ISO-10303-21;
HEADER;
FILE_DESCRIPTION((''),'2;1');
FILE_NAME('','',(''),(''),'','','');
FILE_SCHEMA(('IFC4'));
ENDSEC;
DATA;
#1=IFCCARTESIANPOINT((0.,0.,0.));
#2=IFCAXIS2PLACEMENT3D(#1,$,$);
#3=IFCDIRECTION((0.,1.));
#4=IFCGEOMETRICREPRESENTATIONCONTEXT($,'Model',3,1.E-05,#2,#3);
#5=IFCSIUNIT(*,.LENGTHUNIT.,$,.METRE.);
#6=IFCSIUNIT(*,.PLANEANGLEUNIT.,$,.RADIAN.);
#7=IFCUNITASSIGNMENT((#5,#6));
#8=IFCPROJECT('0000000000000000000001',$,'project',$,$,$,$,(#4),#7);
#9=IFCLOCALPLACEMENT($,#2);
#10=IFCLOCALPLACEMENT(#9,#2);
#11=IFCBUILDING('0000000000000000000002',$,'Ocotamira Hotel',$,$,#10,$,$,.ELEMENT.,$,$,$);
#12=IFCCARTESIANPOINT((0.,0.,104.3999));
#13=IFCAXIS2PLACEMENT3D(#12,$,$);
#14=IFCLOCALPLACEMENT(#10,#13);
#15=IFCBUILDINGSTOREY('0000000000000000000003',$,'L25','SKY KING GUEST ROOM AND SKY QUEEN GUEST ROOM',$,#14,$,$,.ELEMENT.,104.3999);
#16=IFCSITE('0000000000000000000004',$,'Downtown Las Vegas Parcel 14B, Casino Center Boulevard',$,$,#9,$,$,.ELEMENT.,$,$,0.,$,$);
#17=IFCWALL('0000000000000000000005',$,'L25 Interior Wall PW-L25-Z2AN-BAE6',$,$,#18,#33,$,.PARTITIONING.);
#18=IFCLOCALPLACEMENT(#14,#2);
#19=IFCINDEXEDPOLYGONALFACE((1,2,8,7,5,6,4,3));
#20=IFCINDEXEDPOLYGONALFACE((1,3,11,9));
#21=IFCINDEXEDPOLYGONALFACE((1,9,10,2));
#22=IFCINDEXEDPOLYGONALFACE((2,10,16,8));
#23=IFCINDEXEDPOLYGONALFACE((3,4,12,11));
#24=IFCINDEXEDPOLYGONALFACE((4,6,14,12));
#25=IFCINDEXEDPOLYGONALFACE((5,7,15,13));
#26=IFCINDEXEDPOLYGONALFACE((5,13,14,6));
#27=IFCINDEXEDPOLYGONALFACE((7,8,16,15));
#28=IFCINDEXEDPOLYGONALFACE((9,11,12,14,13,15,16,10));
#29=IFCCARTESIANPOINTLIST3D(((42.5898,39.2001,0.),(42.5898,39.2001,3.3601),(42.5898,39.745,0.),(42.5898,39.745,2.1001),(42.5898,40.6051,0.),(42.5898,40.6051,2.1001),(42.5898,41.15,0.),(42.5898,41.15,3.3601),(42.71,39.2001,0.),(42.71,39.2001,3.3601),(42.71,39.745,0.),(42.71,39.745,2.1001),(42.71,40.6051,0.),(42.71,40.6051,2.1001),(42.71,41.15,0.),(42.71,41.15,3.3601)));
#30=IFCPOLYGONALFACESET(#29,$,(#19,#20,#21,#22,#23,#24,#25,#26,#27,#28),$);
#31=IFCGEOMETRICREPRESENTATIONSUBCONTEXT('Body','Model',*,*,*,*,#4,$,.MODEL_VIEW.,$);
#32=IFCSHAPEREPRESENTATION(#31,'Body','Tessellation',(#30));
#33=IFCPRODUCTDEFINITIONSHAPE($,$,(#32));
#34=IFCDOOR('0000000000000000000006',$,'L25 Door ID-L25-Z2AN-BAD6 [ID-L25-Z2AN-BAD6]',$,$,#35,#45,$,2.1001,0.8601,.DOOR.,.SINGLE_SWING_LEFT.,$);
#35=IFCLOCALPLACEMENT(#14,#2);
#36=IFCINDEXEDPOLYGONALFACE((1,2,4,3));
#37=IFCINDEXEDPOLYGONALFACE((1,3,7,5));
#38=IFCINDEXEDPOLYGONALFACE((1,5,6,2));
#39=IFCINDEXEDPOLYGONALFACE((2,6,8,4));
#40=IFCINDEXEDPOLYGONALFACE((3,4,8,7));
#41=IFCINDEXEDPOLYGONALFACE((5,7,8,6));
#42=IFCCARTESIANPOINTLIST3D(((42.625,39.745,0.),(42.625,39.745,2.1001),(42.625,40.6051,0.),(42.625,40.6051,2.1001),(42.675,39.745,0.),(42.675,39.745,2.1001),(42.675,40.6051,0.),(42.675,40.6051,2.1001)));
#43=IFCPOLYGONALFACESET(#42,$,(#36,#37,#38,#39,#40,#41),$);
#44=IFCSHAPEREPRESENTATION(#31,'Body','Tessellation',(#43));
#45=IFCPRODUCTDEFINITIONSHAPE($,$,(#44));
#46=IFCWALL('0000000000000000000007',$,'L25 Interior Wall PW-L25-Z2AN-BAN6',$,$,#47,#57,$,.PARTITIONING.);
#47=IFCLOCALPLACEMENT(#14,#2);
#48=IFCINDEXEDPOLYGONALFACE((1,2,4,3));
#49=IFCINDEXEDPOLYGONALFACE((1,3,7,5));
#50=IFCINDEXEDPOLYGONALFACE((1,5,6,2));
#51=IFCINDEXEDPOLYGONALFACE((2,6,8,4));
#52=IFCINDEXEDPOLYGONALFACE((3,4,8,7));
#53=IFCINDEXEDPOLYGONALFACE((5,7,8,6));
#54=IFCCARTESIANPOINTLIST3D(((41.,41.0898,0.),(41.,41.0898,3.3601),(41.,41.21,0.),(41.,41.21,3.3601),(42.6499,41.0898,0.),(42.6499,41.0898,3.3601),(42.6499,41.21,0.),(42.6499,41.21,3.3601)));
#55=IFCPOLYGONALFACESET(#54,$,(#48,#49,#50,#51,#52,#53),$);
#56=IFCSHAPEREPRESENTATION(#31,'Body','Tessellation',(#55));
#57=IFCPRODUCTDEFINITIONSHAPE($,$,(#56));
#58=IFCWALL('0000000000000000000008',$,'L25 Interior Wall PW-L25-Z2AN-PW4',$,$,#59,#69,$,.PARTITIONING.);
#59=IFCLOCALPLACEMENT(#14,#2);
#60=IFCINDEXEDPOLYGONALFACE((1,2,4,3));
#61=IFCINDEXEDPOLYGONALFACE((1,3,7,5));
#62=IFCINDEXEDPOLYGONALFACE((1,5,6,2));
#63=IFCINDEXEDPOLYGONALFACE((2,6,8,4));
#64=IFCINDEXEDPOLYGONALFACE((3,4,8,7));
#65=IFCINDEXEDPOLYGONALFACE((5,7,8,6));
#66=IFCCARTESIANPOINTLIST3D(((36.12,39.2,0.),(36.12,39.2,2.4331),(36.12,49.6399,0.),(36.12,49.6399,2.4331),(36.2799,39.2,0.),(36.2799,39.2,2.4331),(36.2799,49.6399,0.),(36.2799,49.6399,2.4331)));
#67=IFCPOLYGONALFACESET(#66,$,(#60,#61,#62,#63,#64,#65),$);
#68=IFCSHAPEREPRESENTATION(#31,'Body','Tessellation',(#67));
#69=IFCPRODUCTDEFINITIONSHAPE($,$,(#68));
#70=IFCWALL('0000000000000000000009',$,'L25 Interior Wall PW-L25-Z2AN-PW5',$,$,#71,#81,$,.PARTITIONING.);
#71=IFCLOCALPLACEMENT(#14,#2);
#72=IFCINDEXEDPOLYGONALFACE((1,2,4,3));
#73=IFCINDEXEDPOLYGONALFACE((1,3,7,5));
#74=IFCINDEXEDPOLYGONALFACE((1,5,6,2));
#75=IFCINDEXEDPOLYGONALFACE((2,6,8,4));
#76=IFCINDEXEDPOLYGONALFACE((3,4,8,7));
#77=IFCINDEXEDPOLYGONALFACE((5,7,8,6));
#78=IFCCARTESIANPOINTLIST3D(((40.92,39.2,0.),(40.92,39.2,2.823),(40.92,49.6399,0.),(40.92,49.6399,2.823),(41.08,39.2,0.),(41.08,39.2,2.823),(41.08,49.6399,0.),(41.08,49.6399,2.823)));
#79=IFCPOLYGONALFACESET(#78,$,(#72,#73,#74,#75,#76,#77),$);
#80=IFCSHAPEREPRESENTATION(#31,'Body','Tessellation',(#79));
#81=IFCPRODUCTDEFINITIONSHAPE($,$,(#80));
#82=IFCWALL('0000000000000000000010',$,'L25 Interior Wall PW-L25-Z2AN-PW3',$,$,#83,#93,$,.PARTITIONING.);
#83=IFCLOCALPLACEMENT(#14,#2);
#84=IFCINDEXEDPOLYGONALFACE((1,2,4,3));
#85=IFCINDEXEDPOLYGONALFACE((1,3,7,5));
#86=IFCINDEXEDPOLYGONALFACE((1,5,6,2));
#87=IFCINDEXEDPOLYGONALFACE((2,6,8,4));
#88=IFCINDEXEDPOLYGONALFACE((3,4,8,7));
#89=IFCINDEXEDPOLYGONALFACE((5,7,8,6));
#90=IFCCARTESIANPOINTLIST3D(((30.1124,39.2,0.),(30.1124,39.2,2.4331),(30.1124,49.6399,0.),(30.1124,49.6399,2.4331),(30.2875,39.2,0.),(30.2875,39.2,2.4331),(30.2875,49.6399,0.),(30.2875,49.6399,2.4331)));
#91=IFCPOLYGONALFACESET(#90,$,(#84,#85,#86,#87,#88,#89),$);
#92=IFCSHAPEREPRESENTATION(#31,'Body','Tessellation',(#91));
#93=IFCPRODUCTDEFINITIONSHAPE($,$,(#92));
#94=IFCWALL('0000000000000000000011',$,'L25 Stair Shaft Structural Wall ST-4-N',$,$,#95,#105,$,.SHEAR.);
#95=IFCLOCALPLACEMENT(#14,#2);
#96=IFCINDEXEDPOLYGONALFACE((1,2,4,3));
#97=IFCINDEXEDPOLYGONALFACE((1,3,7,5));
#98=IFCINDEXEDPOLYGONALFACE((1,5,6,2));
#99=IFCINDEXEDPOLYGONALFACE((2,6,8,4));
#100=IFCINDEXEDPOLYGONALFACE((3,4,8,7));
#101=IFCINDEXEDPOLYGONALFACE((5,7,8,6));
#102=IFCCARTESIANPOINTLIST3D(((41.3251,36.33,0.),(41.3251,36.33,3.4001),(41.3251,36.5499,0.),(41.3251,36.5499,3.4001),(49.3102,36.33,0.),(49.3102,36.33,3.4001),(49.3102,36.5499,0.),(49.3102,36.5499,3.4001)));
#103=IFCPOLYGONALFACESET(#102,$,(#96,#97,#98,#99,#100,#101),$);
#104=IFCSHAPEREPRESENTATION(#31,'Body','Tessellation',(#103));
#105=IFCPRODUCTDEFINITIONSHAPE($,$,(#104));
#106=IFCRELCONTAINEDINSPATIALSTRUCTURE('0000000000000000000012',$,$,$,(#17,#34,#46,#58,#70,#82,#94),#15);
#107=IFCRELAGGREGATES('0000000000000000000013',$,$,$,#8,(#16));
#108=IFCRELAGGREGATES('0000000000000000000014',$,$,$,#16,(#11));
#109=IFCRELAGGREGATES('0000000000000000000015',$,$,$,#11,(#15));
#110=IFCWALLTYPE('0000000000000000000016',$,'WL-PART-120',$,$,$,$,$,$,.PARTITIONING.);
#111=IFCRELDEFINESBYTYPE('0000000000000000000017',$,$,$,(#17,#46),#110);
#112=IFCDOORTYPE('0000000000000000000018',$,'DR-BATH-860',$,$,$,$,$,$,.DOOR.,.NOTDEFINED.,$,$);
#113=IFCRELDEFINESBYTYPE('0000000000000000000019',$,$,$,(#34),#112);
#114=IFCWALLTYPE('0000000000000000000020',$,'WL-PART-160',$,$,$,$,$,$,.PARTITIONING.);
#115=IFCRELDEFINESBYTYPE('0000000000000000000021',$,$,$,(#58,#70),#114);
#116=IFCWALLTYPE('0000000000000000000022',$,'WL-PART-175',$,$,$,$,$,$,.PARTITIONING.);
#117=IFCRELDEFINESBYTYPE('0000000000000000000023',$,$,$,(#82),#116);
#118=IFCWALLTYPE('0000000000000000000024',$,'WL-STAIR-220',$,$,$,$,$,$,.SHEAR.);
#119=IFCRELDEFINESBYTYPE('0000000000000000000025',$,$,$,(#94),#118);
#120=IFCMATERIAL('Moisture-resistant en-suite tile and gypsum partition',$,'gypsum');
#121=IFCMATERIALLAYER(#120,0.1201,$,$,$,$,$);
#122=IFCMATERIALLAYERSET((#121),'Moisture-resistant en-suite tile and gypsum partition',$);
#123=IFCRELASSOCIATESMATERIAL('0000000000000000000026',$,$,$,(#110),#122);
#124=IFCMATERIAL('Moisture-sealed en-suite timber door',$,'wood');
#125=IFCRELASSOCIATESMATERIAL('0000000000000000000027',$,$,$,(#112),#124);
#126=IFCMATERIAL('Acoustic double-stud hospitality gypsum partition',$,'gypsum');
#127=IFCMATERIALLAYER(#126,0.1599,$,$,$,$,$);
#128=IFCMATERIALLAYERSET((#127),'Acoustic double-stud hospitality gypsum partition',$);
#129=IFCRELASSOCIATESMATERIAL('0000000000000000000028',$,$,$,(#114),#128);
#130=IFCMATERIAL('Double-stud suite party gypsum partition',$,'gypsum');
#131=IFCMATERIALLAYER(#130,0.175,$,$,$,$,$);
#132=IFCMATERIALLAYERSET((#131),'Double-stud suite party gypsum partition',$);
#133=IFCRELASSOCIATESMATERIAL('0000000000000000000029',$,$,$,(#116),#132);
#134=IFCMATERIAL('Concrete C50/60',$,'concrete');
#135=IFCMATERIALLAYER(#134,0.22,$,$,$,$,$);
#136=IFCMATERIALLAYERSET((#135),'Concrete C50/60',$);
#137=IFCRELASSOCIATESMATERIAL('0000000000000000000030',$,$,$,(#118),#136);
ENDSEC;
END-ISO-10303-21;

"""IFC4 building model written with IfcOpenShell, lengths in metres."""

from ifc_helpers import new_model, si_unit, direction, frame, frame_2d, origin, place, context, subcontext, project, spatial, rectangle, extrude, source, transform, mapped, material, layer, layer_set, type_object, element, fill, save


model = new_model("IFC4")

# Units and contexts
model_context = context("Model", 3, precision=1e-05, world=origin(), true_north=direction((0.0, 1.0)))
body_context = subcontext(model_context, "Body", "Model", "MODEL_VIEW")
ifc_project = project(units=[si_unit("LENGTHUNIT", "METRE"), si_unit("PLANEANGLEUNIT", "RADIAN")], contexts=[model_context])

# Site, building, storey
site_placement = place(None, origin())
site = spatial("IfcSite", under=ifc_project, at=site_placement, Name="Downtown Las Vegas Parcel 14B, Casino Center Boulevard", CompositionType="ELEMENT", RefElevation=0.0)
building_placement = place(site_placement, origin())
building = spatial("IfcBuilding", under=site, at=building_placement, Name="Ocotamira Hotel", CompositionType="ELEMENT")
storey_placement = place(building_placement, frame((0.0, 0.0, 104.3999)))
storey = spatial("IfcBuildingStorey", under=building, at=storey_placement, Name="L25", Description="SKY KING GUEST ROOM AND SKY QUEEN GUEST ROOM", CompositionType="ELEMENT", Elevation=104.3999)

# Shared definitions
ifc_material_1 = material(Name="Moisture-resistant en-suite tile and gypsum partition", Category="gypsum")
ifc_layer_1 = layer(ifc_material_1, 0.1201)
ifc_layer_set_1 = layer_set([ifc_layer_1], Name="Moisture-resistant en-suite tile and gypsum partition")
wall_type_1 = type_object("IfcWallType", Name="WL-PART-120", PredefinedType="PARTITIONING", material=ifc_layer_set_1)
ifc_material_2 = material(Name="Moisture-sealed en-suite timber door", Category="wood")
door_type_1 = type_object("IfcDoorType", Name="DR-BATH-860", OperationType="NOTDEFINED", PredefinedType="DOOR", material=ifc_material_2)
shared_shape_1 = source(origin(), body_context, "Body", "SweptSolid", [
    extrude(rectangle(XDim=0.8601, YDim=2.1001, at=frame_2d((0.4302, 1.05))), frame((0.0, 0.0249, 0.0), z_axis=(0.0, -1.0, 0.0), x_axis=(1.0, 0.0, 0.0)), (0.0, 0.0, 1.0), 0.05),
])

# Wall, opening, door
wall_1_placement = place(storey_placement, frame((42.6499, 39.2, 0.0), z_axis=(0.0, 0.0, 1.0), x_axis=(0.0, 1.0, 0.0)))
wall_1 = element("IfcWall", 1, at=wall_1_placement, inside=storey, type_object=wall_type_1, Name="L25 Interior Wall PW-L25-Z2AN-BAE6", PredefinedType="PARTITIONING", context=body_context, shape_type="SweptSolid", body=[
    extrude(rectangle(XDim=1.95, YDim=0.1201, at=frame_2d((0.9751, 0.0))), origin(), (0.0, 0.0, 1.0), 3.3601),
])
opening_1_placement = place(wall_1_placement, frame((0.5449, 0.0, 0.0)))
opening_1 = element("IfcOpeningElement", 2, at=opening_1_placement, cuts=wall_1, PredefinedType="OPENING", context=body_context, shape_type="SweptSolid", body=[
    extrude(rectangle(XDim=0.8601, YDim=2.1001, at=frame_2d((0.4302, 1.05))), frame((0.0, 0.0701, 0.0), z_axis=(0.0, -1.0, 0.0), x_axis=(1.0, 0.0, 0.0)), (0.0, 0.0, 1.0), 0.1401),
])
door_1_placement = place(opening_1_placement, origin())
door_1 = element("IfcDoor", 3, at=door_1_placement, inside=storey, type_object=door_type_1, Name="L25 Door ID-L25-Z2AN-BAD6 [ID-L25-Z2AN-BAD6]", OperationType="SINGLE_SWING_LEFT", OverallHeight=2.1001, OverallWidth=0.8601, PredefinedType="DOOR", context=body_context, shape_type="MappedRepresentation", body=[
    mapped(shared_shape_1, transform((0.0, 0.0, 0.0), scale=1.0)),
])
fill(opening_1, door_1)

# Walls
wall_2_placement = place(storey_placement, frame((41.0, 41.1499, 0.0), z_axis=(0.0, 0.0, 1.0), x_axis=(1.0, 0.0, 0.0)))
element("IfcWall", 4, at=wall_2_placement, inside=storey, type_object=wall_type_1, Name="L25 Interior Wall PW-L25-Z2AN-BAN6", PredefinedType="PARTITIONING", context=body_context, shape_type="SweptSolid", body=[
    extrude(rectangle(XDim=1.6499, YDim=0.1201, at=frame_2d((0.825, 0.0))), origin(), (0.0, 0.0, 1.0), 3.3601),
])
ifc_material_3 = material(Name="Acoustic double-stud hospitality gypsum partition", Category="gypsum")
ifc_layer_2 = layer(ifc_material_3, 0.1599)
ifc_layer_set_2 = layer_set([ifc_layer_2], Name="Acoustic double-stud hospitality gypsum partition")
wall_type_2 = type_object("IfcWallType", Name="WL-PART-160", PredefinedType="PARTITIONING", material=ifc_layer_set_2)
wall_3_placement = place(storey_placement, frame((36.2, 39.2, 0.0), z_axis=(0.0, 0.0, 1.0), x_axis=(0.0, 1.0, 0.0)))
element("IfcWall", 5, at=wall_3_placement, inside=storey, type_object=wall_type_2, Name="L25 Interior Wall PW-L25-Z2AN-PW4", PredefinedType="PARTITIONING", context=body_context, shape_type="SweptSolid", body=[
    extrude(rectangle(XDim=10.4399, YDim=0.1599, at=frame_2d((5.22, 0.0))), origin(), (0.0, 0.0, 1.0), 2.4331),
])
wall_4_placement = place(storey_placement, frame((41.0, 39.2, 0.0), z_axis=(0.0, 0.0, 1.0), x_axis=(0.0, 1.0, 0.0)))
element("IfcWall", 6, at=wall_4_placement, inside=storey, type_object=wall_type_2, Name="L25 Interior Wall PW-L25-Z2AN-PW5", PredefinedType="PARTITIONING", context=body_context, shape_type="SweptSolid", body=[
    extrude(rectangle(XDim=10.4399, YDim=0.1599, at=frame_2d((5.22, 0.0))), origin(), (0.0, 0.0, 1.0), 2.823),
])
ifc_material_4 = material(Name="Double-stud suite party gypsum partition", Category="gypsum")
ifc_layer_3 = layer(ifc_material_4, 0.175)
ifc_layer_set_3 = layer_set([ifc_layer_3], Name="Double-stud suite party gypsum partition")
wall_type_3 = type_object("IfcWallType", Name="WL-PART-175", PredefinedType="PARTITIONING", material=ifc_layer_set_3)
wall_5_placement = place(storey_placement, frame((30.2, 39.2, 0.0), z_axis=(0.0, 0.0, 1.0), x_axis=(0.0, 1.0, 0.0)))
element("IfcWall", 7, at=wall_5_placement, inside=storey, type_object=wall_type_3, Name="L25 Interior Wall PW-L25-Z2AN-PW3", PredefinedType="PARTITIONING", context=body_context, shape_type="SweptSolid", body=[
    extrude(rectangle(XDim=10.4399, YDim=0.175, at=frame_2d((5.22, 0.0))), origin(), (0.0, 0.0, 1.0), 2.4331),
])
ifc_material_5 = material(Name="Concrete C50/60", Category="concrete")
ifc_layer_4 = layer(ifc_material_5, 0.22)
ifc_layer_set_4 = layer_set([ifc_layer_4], Name="Concrete C50/60")
wall_type_4 = type_object("IfcWallType", Name="WL-STAIR-220", PredefinedType="SHEAR", material=ifc_layer_set_4)
wall_6_placement = place(storey_placement, frame((41.325, 36.4399, 0.0), z_axis=(0.0, 0.0, 1.0), x_axis=(1.0, 0.0, 0.0)))
element("IfcWall", 8, at=wall_6_placement, inside=storey, type_object=wall_type_4, Name="L25 Stair Shaft Structural Wall ST-4-N", PredefinedType="SHEAR", context=body_context, shape_type="SweptSolid", body=[
    extrude(rectangle(XDim=7.9851, YDim=0.22, at=frame_2d((3.9927, 0.0))), origin(), (0.0, 0.0, 1.0), 3.4001),
])

save(model, "model.ifc")
